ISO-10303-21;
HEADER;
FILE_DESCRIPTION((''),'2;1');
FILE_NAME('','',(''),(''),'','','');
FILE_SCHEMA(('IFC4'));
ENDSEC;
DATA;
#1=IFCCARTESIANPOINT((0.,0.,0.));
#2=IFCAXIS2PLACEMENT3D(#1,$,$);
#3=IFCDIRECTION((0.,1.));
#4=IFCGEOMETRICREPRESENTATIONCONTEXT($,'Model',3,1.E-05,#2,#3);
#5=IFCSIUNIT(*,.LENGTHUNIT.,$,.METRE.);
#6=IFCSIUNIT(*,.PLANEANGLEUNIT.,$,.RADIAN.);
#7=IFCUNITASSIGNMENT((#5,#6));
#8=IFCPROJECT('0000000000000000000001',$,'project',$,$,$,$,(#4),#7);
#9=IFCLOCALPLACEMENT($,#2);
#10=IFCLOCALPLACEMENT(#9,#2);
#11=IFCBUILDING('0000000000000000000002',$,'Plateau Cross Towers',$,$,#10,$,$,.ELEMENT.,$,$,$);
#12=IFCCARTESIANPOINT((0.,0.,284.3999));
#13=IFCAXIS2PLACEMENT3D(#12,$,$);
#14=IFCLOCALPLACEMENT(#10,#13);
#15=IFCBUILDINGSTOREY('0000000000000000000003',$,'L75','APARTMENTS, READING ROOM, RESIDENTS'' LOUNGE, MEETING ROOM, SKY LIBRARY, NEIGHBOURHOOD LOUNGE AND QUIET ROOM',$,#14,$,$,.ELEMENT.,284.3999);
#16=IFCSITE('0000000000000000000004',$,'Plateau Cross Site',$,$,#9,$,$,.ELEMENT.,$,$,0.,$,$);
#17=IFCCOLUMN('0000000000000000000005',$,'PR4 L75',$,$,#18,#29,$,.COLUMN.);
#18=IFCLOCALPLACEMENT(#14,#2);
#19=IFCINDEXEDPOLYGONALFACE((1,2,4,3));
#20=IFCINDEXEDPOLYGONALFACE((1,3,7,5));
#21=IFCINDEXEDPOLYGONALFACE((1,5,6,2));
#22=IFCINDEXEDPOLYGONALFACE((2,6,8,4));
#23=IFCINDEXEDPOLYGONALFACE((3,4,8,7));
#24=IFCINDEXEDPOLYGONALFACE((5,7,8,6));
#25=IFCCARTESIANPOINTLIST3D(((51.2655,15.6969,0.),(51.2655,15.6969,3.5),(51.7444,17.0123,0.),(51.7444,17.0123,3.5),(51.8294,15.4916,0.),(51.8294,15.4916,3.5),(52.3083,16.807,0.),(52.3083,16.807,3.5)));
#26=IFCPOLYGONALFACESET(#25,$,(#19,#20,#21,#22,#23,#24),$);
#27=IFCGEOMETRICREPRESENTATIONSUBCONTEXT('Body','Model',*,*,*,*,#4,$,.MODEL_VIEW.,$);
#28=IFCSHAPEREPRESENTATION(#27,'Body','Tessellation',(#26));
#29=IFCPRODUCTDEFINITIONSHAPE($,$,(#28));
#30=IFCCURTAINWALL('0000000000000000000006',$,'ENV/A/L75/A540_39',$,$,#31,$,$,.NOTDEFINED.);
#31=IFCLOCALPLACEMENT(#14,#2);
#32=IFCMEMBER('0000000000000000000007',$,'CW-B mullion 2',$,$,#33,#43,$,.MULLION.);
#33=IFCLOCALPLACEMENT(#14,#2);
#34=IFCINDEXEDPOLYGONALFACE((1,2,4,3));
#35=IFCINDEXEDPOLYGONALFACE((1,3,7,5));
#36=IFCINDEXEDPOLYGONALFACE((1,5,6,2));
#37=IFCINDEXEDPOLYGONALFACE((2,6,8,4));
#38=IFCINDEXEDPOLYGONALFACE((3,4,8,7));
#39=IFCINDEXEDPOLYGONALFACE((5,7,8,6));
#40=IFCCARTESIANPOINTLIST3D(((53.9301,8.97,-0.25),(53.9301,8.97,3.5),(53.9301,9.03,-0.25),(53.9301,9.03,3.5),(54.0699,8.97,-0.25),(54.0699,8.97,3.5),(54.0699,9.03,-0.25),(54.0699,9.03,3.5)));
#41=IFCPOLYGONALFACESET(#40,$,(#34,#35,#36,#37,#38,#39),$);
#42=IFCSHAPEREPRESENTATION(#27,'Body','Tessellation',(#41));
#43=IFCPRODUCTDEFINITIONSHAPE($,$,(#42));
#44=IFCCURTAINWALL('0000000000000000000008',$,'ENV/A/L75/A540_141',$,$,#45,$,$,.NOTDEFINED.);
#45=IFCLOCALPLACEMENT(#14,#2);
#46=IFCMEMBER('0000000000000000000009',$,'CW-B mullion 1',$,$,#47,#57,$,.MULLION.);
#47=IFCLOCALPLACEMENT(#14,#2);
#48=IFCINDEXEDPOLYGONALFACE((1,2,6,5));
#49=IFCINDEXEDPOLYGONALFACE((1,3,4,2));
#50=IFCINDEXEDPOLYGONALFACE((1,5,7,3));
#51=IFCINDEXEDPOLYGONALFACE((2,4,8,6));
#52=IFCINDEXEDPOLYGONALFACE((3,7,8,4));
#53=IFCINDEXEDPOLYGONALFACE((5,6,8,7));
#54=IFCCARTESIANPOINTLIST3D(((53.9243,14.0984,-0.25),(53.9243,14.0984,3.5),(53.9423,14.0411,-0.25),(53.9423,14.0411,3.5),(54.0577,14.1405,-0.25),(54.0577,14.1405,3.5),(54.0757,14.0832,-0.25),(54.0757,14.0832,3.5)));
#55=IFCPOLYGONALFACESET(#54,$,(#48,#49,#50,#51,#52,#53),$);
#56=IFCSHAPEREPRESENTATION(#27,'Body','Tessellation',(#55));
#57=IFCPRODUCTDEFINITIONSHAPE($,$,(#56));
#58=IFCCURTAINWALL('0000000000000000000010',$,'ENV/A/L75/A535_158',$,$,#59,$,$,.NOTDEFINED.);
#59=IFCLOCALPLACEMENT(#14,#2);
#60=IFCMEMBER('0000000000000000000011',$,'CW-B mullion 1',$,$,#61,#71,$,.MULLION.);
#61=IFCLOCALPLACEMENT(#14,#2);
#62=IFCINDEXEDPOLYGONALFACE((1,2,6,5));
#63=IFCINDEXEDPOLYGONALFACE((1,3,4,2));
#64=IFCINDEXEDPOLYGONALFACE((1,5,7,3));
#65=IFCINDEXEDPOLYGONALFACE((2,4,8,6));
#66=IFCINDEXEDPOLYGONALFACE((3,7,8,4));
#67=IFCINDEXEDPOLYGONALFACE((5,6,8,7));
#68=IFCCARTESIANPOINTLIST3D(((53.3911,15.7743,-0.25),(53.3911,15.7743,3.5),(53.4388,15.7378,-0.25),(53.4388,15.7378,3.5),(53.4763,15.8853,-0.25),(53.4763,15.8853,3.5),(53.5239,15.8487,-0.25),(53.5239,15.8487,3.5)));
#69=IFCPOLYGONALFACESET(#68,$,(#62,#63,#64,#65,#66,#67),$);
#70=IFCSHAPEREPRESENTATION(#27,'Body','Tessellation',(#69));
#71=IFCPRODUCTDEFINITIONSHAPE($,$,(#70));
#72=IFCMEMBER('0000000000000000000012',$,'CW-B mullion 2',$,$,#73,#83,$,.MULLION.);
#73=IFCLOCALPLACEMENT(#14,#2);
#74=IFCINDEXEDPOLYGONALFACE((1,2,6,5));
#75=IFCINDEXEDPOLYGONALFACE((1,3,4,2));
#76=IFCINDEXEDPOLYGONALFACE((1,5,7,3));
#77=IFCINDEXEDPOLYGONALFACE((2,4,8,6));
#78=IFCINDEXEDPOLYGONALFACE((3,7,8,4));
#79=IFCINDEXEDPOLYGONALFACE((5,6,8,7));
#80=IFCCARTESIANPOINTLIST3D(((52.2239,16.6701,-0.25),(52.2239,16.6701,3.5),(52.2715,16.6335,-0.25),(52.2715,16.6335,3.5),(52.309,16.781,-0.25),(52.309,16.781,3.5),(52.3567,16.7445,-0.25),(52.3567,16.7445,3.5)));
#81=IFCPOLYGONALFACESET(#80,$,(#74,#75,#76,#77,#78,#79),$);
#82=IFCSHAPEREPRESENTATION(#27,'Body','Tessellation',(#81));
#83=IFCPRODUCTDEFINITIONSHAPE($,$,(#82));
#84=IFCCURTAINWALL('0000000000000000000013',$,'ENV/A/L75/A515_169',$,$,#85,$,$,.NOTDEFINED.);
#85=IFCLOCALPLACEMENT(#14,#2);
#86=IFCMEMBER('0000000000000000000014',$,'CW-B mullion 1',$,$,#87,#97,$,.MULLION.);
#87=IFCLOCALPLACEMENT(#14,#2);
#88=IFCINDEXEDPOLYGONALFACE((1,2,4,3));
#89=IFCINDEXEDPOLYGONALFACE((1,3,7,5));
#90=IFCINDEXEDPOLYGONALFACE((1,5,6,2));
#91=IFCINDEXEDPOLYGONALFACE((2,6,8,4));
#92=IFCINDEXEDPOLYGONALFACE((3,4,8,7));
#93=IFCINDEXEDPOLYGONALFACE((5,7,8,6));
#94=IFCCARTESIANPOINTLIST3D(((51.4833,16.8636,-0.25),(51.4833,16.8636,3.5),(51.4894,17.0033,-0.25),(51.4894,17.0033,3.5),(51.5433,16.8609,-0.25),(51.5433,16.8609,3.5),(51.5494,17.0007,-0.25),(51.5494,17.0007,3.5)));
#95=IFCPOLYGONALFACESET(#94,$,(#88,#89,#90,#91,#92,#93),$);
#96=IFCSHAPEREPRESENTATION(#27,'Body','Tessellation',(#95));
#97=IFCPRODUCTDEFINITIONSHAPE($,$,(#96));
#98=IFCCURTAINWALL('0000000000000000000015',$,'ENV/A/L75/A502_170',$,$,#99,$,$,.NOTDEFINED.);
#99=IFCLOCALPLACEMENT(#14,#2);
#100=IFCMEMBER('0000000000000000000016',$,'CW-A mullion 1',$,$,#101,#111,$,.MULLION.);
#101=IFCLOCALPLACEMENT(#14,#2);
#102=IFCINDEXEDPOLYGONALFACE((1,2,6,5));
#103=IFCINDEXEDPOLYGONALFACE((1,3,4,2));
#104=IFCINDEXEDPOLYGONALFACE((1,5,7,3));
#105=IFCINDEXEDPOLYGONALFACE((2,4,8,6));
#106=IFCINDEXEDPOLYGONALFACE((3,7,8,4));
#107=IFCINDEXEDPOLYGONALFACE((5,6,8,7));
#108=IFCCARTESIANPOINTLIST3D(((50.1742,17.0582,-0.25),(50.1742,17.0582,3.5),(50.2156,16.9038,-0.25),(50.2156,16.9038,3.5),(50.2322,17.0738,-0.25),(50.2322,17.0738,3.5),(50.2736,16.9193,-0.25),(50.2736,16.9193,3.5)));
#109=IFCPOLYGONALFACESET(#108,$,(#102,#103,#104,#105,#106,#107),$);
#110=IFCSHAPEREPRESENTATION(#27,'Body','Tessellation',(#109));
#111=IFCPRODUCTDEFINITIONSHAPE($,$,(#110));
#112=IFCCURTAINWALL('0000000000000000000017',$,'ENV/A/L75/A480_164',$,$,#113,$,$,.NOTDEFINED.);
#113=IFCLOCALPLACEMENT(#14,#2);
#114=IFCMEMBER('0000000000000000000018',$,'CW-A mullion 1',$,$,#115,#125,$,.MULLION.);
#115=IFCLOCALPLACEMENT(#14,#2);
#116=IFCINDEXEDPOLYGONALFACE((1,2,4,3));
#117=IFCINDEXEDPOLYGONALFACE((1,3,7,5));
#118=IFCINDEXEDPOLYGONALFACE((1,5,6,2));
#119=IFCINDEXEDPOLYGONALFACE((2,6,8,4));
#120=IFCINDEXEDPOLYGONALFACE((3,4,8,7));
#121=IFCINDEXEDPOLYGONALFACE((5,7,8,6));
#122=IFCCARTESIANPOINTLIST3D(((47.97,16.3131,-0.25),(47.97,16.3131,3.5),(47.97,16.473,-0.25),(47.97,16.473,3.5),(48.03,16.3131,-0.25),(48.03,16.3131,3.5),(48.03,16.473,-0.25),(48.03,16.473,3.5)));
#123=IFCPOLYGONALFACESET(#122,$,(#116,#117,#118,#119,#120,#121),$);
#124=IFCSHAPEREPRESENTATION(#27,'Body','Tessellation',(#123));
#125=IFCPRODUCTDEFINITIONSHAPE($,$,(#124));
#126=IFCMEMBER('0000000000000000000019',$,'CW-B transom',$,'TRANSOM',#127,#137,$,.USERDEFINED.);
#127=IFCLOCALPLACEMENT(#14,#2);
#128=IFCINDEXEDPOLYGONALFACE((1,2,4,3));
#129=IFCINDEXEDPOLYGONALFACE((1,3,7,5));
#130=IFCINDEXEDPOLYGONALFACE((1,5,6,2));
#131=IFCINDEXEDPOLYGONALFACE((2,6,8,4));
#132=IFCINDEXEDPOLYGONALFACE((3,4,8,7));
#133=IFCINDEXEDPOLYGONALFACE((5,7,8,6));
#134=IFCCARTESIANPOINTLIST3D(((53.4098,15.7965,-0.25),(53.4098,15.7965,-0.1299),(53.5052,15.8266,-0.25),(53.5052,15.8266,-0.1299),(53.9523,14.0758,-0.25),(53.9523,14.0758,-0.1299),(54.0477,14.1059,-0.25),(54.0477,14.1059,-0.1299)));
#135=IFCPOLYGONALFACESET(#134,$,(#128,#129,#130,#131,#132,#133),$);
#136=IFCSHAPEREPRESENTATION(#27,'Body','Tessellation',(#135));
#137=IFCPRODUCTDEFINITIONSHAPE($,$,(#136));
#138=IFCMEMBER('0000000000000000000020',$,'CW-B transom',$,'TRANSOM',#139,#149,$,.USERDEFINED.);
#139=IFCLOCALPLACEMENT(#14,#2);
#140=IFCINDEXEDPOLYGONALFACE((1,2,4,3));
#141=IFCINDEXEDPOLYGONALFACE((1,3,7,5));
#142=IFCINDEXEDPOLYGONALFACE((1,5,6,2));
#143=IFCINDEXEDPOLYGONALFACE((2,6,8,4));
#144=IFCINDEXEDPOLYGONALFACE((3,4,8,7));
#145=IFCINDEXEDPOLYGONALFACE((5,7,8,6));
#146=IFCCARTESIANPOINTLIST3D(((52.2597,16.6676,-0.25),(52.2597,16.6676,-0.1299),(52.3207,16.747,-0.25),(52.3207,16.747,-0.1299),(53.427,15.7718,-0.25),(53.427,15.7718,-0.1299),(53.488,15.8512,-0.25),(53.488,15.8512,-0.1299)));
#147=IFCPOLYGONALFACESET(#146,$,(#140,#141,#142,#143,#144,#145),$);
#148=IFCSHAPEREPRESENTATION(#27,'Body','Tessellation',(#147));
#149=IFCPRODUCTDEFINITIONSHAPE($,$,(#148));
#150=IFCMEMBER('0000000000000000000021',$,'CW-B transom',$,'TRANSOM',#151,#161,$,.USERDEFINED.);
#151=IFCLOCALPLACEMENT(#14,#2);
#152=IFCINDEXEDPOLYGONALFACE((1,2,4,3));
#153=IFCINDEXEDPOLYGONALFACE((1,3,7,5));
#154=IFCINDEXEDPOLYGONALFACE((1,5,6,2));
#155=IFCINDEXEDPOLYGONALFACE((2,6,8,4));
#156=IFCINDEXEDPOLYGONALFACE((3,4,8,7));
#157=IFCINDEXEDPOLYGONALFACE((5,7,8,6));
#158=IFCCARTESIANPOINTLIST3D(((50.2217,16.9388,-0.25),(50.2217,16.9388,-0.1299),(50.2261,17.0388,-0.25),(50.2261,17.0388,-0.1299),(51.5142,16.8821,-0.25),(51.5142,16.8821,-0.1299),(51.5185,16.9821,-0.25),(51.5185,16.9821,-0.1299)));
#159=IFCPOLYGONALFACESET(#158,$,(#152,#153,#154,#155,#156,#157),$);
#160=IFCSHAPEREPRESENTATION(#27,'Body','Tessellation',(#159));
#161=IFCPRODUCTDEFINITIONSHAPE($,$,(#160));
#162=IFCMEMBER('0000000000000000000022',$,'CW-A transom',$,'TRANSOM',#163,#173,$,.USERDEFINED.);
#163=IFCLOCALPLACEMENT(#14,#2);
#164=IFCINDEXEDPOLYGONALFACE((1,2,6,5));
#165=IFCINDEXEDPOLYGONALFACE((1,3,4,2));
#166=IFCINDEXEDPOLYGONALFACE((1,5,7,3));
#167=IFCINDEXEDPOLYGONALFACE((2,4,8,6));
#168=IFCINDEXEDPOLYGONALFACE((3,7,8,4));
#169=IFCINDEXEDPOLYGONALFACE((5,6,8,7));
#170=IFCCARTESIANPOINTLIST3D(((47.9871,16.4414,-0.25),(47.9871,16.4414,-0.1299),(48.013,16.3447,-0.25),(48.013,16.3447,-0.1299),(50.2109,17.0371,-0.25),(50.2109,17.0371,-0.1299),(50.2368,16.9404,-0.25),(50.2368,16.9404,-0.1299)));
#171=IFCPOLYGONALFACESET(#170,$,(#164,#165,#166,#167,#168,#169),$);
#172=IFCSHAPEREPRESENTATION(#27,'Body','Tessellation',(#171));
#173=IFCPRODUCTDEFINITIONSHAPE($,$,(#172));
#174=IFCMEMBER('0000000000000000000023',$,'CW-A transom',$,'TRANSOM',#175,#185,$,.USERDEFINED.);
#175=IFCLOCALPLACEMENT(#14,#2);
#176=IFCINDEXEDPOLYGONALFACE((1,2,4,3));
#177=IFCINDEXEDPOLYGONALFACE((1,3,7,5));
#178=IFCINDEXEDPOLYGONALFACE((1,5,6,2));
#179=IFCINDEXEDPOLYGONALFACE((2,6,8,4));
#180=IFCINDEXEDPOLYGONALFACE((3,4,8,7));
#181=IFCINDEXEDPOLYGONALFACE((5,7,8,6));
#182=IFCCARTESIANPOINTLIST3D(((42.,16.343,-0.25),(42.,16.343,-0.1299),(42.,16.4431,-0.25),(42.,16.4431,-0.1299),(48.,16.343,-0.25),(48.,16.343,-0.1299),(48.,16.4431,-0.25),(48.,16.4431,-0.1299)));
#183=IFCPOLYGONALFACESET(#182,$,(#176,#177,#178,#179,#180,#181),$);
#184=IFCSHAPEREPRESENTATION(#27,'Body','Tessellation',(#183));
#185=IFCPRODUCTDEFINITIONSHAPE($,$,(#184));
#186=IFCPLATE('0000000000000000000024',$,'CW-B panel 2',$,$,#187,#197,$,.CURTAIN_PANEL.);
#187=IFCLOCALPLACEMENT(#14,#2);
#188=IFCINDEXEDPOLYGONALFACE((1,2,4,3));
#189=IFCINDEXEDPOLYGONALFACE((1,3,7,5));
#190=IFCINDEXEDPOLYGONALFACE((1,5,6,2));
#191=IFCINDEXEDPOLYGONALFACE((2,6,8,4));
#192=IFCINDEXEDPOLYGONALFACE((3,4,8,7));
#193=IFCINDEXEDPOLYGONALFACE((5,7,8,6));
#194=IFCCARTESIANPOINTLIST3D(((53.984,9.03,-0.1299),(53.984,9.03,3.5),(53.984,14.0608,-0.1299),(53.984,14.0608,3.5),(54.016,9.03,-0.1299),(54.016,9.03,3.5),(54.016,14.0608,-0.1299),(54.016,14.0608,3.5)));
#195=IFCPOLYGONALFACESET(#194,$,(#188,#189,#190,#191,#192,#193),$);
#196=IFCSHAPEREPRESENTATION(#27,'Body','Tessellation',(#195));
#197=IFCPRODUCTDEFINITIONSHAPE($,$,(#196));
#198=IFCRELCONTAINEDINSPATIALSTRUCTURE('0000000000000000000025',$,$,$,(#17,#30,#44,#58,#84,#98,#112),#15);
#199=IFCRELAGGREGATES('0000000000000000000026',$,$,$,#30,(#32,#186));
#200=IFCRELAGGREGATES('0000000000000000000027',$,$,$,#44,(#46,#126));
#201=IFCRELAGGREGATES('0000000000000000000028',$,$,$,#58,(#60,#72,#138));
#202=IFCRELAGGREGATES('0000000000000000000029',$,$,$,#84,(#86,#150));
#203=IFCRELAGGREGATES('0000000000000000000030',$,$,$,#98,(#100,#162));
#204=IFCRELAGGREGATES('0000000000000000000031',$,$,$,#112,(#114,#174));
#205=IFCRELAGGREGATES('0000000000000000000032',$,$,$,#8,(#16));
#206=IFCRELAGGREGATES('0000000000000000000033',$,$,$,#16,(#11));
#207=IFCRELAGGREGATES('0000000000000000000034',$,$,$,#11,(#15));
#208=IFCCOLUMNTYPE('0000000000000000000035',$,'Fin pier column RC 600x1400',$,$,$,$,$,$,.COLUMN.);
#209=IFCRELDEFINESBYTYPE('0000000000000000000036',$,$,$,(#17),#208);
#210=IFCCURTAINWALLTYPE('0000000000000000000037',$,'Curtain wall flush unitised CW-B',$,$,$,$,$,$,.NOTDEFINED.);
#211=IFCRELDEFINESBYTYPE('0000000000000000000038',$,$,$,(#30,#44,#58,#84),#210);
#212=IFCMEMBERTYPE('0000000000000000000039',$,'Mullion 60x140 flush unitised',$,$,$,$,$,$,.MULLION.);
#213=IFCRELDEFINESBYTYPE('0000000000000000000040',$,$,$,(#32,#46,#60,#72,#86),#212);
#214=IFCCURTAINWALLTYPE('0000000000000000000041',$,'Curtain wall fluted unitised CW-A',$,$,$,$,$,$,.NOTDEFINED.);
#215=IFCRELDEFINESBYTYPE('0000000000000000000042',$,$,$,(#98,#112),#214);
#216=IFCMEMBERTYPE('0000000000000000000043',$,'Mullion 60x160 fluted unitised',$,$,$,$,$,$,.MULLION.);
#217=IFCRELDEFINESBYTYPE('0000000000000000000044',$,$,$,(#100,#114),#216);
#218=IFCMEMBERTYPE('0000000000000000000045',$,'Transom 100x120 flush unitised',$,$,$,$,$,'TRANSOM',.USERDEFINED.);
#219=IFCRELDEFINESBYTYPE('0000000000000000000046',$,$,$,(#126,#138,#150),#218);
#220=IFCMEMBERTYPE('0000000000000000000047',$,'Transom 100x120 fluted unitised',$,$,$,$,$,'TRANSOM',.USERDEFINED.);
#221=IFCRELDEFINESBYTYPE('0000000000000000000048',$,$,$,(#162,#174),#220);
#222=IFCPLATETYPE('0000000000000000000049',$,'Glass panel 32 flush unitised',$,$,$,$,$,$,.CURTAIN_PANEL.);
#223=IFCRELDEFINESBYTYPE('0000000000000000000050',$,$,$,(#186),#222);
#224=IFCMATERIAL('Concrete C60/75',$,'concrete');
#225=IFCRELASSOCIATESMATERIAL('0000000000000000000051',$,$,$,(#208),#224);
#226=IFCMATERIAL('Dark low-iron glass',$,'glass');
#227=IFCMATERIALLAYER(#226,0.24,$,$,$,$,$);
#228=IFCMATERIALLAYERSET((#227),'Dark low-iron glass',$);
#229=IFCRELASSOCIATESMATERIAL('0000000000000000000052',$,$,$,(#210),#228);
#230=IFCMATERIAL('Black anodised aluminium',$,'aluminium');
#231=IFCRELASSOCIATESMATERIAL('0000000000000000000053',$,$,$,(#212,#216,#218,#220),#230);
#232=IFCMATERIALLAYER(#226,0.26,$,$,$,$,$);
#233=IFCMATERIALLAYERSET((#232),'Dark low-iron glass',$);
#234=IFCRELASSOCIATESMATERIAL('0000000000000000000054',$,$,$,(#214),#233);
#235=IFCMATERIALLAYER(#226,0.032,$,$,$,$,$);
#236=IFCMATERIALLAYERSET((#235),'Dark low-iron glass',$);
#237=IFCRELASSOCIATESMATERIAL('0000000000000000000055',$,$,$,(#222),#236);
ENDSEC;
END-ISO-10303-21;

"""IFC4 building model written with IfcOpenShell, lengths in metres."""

from ifc_helpers import new_model, si_unit, direction, frame, origin, origin_2d, place, context, subcontext, project, spatial, rectangle, extrude, material, layer, layer_set, material_profile, profile_set, type_object, element, aggregate, save


model = new_model("IFC4")

# Units and contexts
model_context = context("Model", 3, precision=1e-05, world=origin(), true_north=direction((0.0, 1.0)))
body_context = subcontext(model_context, "Body", "Model", "MODEL_VIEW")
ifc_project = project(units=[si_unit("LENGTHUNIT", "METRE"), si_unit("PLANEANGLEUNIT", "RADIAN")], contexts=[model_context])

# Site, building, storey
site_placement = place(None, origin())
site = spatial("IfcSite", under=ifc_project, at=site_placement, Name="Plateau Cross Site", CompositionType="ELEMENT", RefElevation=0.0)
building_placement = place(site_placement, origin())
building = spatial("IfcBuilding", under=site, at=building_placement, Name="Plateau Cross Towers", CompositionType="ELEMENT")
storey_placement = place(building_placement, frame((0.0, 0.0, 284.3999)))
storey = spatial("IfcBuildingStorey", under=building, at=storey_placement, Name="L75", Description="APARTMENTS, READING ROOM, RESIDENTS' LOUNGE, MEETING ROOM, SKY LIBRARY, NEIGHBOURHOOD LOUNGE AND QUIET ROOM", CompositionType="ELEMENT", Elevation=284.3999)

# Column
ifc_material_1 = material(Name="Concrete C60/75", Category="concrete")
ifc_material_profile_1 = material_profile(ifc_material_1, rectangle(XDim=0.6001, YDim=1.3999, at=origin_2d()), Name="RC 600x1400")
ifc_profile_set_1 = profile_set([ifc_material_profile_1], Name="Concrete C60/75")
column_type = type_object("IfcColumnType", Name="Fin pier column RC 600x1400", PredefinedType="COLUMN", material=ifc_profile_set_1)
column_placement = place(storey_placement, frame((51.7869, 16.252, 0.0), z_axis=(0.0, 0.0, 1.0), x_axis=(-0.939664, 0.342098, 0.0)))
element("IfcColumn", 1, at=column_placement, inside=storey, type_object=column_type, Name="PR4 L75", PredefinedType="COLUMN", context=body_context, shape_type="SweptSolid", body=[
    extrude(rectangle(XDim=0.6001, YDim=1.3999, at=origin_2d()), origin(), (0.0, 0.0, 1.0), 3.5),
])

# Curtain walls, members
ifc_material_2 = material(Name="Dark low-iron glass", Category="glass")
ifc_layer_1 = layer(ifc_material_2, 0.24)
ifc_layer_set_1 = layer_set([ifc_layer_1], Name="Dark low-iron glass")
curtain_wall_type_1 = type_object("IfcCurtainWallType", Name="Curtain wall flush unitised CW-B", PredefinedType="NOTDEFINED", material=ifc_layer_set_1)
curtain_wall_1_placement = place(storey_placement, origin())
curtain_wall_1 = element("IfcCurtainWall", 2, at=curtain_wall_1_placement, inside=storey, type_object=curtain_wall_type_1, Name="ENV/A/L75/A540_39", PredefinedType="NOTDEFINED")
ifc_material_3 = material(Name="Black anodised aluminium", Category="aluminium")
ifc_material_profile_2 = material_profile(ifc_material_3, rectangle(XDim=0.0601, YDim=0.1399, at=origin_2d()), Name="MULLION 60x140")
ifc_profile_set_2 = profile_set([ifc_material_profile_2], Name="Black anodised aluminium")
member_type_1 = type_object("IfcMemberType", Name="Mullion 60x140 flush unitised", PredefinedType="MULLION", material=ifc_profile_set_2)
member_1_placement = place(storey_placement, frame((54.0, 9.0, -0.25), z_axis=(0.0, 0.0, 1.0), x_axis=(0.0, 1.0, 0.0)))
member_1 = element("IfcMember", 3, at=member_1_placement, type_object=member_type_1, Name="CW-B mullion 2", PredefinedType="MULLION", context=body_context, shape_type="SweptSolid", body=[
    extrude(rectangle(XDim=0.0601, YDim=0.1399, at=origin_2d()), origin(), (0.0, 0.0, 1.0), 3.75),
])
curtain_wall_2_placement = place(storey_placement, origin())
curtain_wall_2 = element("IfcCurtainWall", 4, at=curtain_wall_2_placement, inside=storey, type_object=curtain_wall_type_1, Name="ENV/A/L75/A540_141", PredefinedType="NOTDEFINED")
member_2_placement = place(storey_placement, frame((54.0, 14.0908, -0.25), z_axis=(0.0, 0.0, 1.0), x_axis=(-0.300686, 0.953723, 0.0)))
member_2 = element("IfcMember", 5, at=member_2_placement, type_object=member_type_1, Name="CW-B mullion 1", PredefinedType="MULLION", context=body_context, shape_type="SweptSolid", body=[
    extrude(rectangle(XDim=0.0601, YDim=0.1399, at=origin_2d()), origin(), (0.0, 0.0, 1.0), 3.75),
])

# Curtain wall, members
curtain_wall_3_placement = place(storey_placement, origin())
curtain_wall_3 = element("IfcCurtainWall", 6, at=curtain_wall_3_placement, inside=storey, type_object=curtain_wall_type_1, Name="ENV/A/L75/A535_158", PredefinedType="NOTDEFINED")
member_3_placement = place(storey_placement, frame((53.4575, 15.8115, -0.25), z_axis=(0.0, 0.0, 1.0), x_axis=(-0.793316, 0.608811, 0.0)))
member_3 = element("IfcMember", 7, at=member_3_placement, type_object=member_type_1, Name="CW-B mullion 1", PredefinedType="MULLION", context=body_context, shape_type="SweptSolid", body=[
    extrude(rectangle(XDim=0.0601, YDim=0.1399, at=origin_2d()), origin(), (0.0, 0.0, 1.0), 3.75),
])
member_4_placement = place(storey_placement, frame((52.2903, 16.7073, -0.25), z_axis=(0.0, 0.0, 1.0), x_axis=(-0.793316, 0.608811, 0.0)))
member_4 = element("IfcMember", 8, at=member_4_placement, type_object=member_type_1, Name="CW-B mullion 2", PredefinedType="MULLION", context=body_context, shape_type="SweptSolid", body=[
    extrude(rectangle(XDim=0.0601, YDim=0.1399, at=origin_2d()), origin(), (0.0, 0.0, 1.0), 3.75),
])

# Curtain walls, members
curtain_wall_4_placement = place(storey_placement, origin())
curtain_wall_4 = element("IfcCurtainWall", 9, at=curtain_wall_4_placement, inside=storey, type_object=curtain_wall_type_1, Name="ENV/A/L75/A515_169", PredefinedType="NOTDEFINED")
member_5_placement = place(storey_placement, frame((51.5164, 16.9321, -0.25), z_axis=(0.0, 0.0, 1.0), x_axis=(-0.999044, 0.043723, 0.0)))
member_5 = element("IfcMember", 10, at=member_5_placement, type_object=member_type_1, Name="CW-B mullion 1", PredefinedType="MULLION", context=body_context, shape_type="SweptSolid", body=[
    extrude(rectangle(XDim=0.0601, YDim=0.1399, at=origin_2d()), origin(), (0.0, 0.0, 1.0), 3.75),
])
ifc_layer_2 = layer(ifc_material_2, 0.26)
ifc_layer_set_2 = layer_set([ifc_layer_2], Name="Dark low-iron glass")
curtain_wall_type_2 = type_object("IfcCurtainWallType", Name="Curtain wall fluted unitised CW-A", PredefinedType="NOTDEFINED", material=ifc_layer_set_2)
curtain_wall_5_placement = place(storey_placement, origin())
curtain_wall_5 = element("IfcCurtainWall", 11, at=curtain_wall_5_placement, inside=storey, type_object=curtain_wall_type_2, Name="ENV/A/L75/A502_170", PredefinedType="NOTDEFINED")
ifc_material_profile_3 = material_profile(ifc_material_3, rectangle(XDim=0.0601, YDim=0.1599, at=origin_2d()), Name="MULLION 60x160")
ifc_profile_set_3 = profile_set([ifc_material_profile_3], Name="Black anodised aluminium")
member_type_2 = type_object("IfcMemberType", Name="Mullion 60x160 fluted unitised", PredefinedType="MULLION", material=ifc_profile_set_3)
member_6_placement = place(storey_placement, frame((50.2239, 16.9888, -0.25), z_axis=(0.0, 0.0, 1.0), x_axis=(-0.965958, -0.258699, 0.0)))
member_6 = element("IfcMember", 12, at=member_6_placement, type_object=member_type_2, Name="CW-A mullion 1", PredefinedType="MULLION", context=body_context, shape_type="SweptSolid", body=[
    extrude(rectangle(XDim=0.0601, YDim=0.1599, at=origin_2d()), origin(), (0.0, 0.0, 1.0), 3.75),
])
curtain_wall_6_placement = place(storey_placement, origin())
curtain_wall_6 = element("IfcCurtainWall", 13, at=curtain_wall_6_placement, inside=storey, type_object=curtain_wall_type_2, Name="ENV/A/L75/A480_164", PredefinedType="NOTDEFINED")
member_7_placement = place(storey_placement, frame((48.0, 16.3931, -0.25), z_axis=(0.0, 0.0, 1.0), x_axis=(-1.0, 0.0, 0.0)))
member_7 = element("IfcMember", 14, at=member_7_placement, type_object=member_type_2, Name="CW-A mullion 1", PredefinedType="MULLION", context=body_context, shape_type="SweptSolid", body=[
    extrude(rectangle(XDim=0.0601, YDim=0.1599, at=origin_2d()), origin(), (0.0, 0.0, 1.0), 3.75),
])

# Members
ifc_material_profile_4 = material_profile(ifc_material_3, rectangle(XDim=0.1001, YDim=0.1201, at=origin_2d()), Name="TRANSOM 100x120")
ifc_profile_set_4 = profile_set([ifc_material_profile_4], Name="Black anodised aluminium")
member_type_3 = type_object("IfcMemberType", Name="Transom 100x120 flush unitised", ElementType="TRANSOM", PredefinedType="USERDEFINED", material=ifc_profile_set_4)
member_8_placement = place(storey_placement, frame((54.0, 14.0908, -0.1899), z_axis=(-0.300678, 0.953726, 0.0), x_axis=(-0.953726, -0.300678, 0.0)))
member_8 = element("IfcMember", 15, at=member_8_placement, type_object=member_type_3, Name="CW-B transom", ObjectType="TRANSOM", PredefinedType="USERDEFINED", context=body_context, shape_type="SweptSolid", body=[
    extrude(rectangle(XDim=0.1001, YDim=0.1201, at=origin_2d()), origin(), (0.0, 0.0, 1.0), 1.8042),
])
member_9_placement = place(storey_placement, frame((53.4575, 15.8115, -0.1899), z_axis=(-0.793321, 0.608804, 0.0), x_axis=(-0.608804, -0.793321, 0.0)))
member_9 = element("IfcMember", 16, at=member_9_placement, type_object=member_type_3, Name="CW-B transom", ObjectType="TRANSOM", PredefinedType="USERDEFINED", context=body_context, shape_type="SweptSolid", body=[
    extrude(rectangle(XDim=0.1001, YDim=0.1201, at=origin_2d()), origin(), (0.0, 0.0, 1.0), 1.4714),
])
member_10_placement = place(storey_placement, frame((51.5164, 16.9321, -0.1899), z_axis=(-0.999041, 0.043781, 0.0), x_axis=(-0.043781, -0.999041, 0.0)))
member_10 = element("IfcMember", 17, at=member_10_placement, type_object=member_type_3, Name="CW-B transom", ObjectType="TRANSOM", PredefinedType="USERDEFINED", context=body_context, shape_type="SweptSolid", body=[
    extrude(rectangle(XDim=0.1001, YDim=0.1201, at=origin_2d()), origin(), (0.0, 0.0, 1.0), 1.2937),
])
ifc_material_profile_5 = material_profile(ifc_material_3, rectangle(XDim=0.1001, YDim=0.1201, at=origin_2d()), Name="TRANSOM 100x120")
ifc_profile_set_5 = profile_set([ifc_material_profile_5], Name="Black anodised aluminium")
member_type_4 = type_object("IfcMemberType", Name="Transom 100x120 fluted unitised", ElementType="TRANSOM", PredefinedType="USERDEFINED", material=ifc_profile_set_5)
member_11_placement = place(storey_placement, frame((50.2239, 16.9888, -0.1899), z_axis=(-0.965946, -0.258745, 0.0), x_axis=(0.258745, -0.965946, 0.0)))
member_11 = element("IfcMember", 18, at=member_11_placement, type_object=member_type_4, Name="CW-A transom", ObjectType="TRANSOM", PredefinedType="USERDEFINED", context=body_context, shape_type="SweptSolid", body=[
    extrude(rectangle(XDim=0.1001, YDim=0.1201, at=origin_2d()), origin(), (0.0, 0.0, 1.0), 2.3022),
])
member_12_placement = place(storey_placement, frame((48.0, 16.3931, -0.1899), z_axis=(-1.0, 0.0, 0.0), x_axis=(0.0, -1.0, 0.0)))
member_12 = element("IfcMember", 19, at=member_12_placement, type_object=member_type_4, Name="CW-A transom", ObjectType="TRANSOM", PredefinedType="USERDEFINED", context=body_context, shape_type="SweptSolid", body=[
    extrude(rectangle(XDim=0.1001, YDim=0.1201, at=origin_2d()), origin(), (0.0, 0.0, 1.0), 6.0),
])

# Plate
ifc_layer_3 = layer(ifc_material_2, 0.032)
ifc_layer_set_3 = layer_set([ifc_layer_3], Name="Dark low-iron glass")
plate_type_1 = type_object("IfcPlateType", Name="Glass panel 32 flush unitised", PredefinedType="CURTAIN_PANEL", material=ifc_layer_set_3)
plate_1_placement = place(storey_placement, frame((54.0, 11.5454, -0.1299), z_axis=(0.0, 0.0, 1.0), x_axis=(0.0, 1.0, 0.0)))
plate_1 = element("IfcPlate", 20, at=plate_1_placement, type_object=plate_type_1, Name="CW-B panel 2", PredefinedType="CURTAIN_PANEL", context=body_context, shape_type="SweptSolid", body=[
    extrude(rectangle(XDim=5.0308, YDim=0.032, at=origin_2d()), origin(), (0.0, 0.0, 1.0), 3.6299),
])
aggregate(curtain_wall_1, [member_1, plate_1])
aggregate(curtain_wall_2, [member_2, member_8])
aggregate(curtain_wall_3, [member_3, member_4, member_9])
aggregate(curtain_wall_4, [member_5, member_10])
aggregate(curtain_wall_5, [member_6, member_11])
aggregate(curtain_wall_6, [member_7, member_12])

save(model, "model.ifc")
